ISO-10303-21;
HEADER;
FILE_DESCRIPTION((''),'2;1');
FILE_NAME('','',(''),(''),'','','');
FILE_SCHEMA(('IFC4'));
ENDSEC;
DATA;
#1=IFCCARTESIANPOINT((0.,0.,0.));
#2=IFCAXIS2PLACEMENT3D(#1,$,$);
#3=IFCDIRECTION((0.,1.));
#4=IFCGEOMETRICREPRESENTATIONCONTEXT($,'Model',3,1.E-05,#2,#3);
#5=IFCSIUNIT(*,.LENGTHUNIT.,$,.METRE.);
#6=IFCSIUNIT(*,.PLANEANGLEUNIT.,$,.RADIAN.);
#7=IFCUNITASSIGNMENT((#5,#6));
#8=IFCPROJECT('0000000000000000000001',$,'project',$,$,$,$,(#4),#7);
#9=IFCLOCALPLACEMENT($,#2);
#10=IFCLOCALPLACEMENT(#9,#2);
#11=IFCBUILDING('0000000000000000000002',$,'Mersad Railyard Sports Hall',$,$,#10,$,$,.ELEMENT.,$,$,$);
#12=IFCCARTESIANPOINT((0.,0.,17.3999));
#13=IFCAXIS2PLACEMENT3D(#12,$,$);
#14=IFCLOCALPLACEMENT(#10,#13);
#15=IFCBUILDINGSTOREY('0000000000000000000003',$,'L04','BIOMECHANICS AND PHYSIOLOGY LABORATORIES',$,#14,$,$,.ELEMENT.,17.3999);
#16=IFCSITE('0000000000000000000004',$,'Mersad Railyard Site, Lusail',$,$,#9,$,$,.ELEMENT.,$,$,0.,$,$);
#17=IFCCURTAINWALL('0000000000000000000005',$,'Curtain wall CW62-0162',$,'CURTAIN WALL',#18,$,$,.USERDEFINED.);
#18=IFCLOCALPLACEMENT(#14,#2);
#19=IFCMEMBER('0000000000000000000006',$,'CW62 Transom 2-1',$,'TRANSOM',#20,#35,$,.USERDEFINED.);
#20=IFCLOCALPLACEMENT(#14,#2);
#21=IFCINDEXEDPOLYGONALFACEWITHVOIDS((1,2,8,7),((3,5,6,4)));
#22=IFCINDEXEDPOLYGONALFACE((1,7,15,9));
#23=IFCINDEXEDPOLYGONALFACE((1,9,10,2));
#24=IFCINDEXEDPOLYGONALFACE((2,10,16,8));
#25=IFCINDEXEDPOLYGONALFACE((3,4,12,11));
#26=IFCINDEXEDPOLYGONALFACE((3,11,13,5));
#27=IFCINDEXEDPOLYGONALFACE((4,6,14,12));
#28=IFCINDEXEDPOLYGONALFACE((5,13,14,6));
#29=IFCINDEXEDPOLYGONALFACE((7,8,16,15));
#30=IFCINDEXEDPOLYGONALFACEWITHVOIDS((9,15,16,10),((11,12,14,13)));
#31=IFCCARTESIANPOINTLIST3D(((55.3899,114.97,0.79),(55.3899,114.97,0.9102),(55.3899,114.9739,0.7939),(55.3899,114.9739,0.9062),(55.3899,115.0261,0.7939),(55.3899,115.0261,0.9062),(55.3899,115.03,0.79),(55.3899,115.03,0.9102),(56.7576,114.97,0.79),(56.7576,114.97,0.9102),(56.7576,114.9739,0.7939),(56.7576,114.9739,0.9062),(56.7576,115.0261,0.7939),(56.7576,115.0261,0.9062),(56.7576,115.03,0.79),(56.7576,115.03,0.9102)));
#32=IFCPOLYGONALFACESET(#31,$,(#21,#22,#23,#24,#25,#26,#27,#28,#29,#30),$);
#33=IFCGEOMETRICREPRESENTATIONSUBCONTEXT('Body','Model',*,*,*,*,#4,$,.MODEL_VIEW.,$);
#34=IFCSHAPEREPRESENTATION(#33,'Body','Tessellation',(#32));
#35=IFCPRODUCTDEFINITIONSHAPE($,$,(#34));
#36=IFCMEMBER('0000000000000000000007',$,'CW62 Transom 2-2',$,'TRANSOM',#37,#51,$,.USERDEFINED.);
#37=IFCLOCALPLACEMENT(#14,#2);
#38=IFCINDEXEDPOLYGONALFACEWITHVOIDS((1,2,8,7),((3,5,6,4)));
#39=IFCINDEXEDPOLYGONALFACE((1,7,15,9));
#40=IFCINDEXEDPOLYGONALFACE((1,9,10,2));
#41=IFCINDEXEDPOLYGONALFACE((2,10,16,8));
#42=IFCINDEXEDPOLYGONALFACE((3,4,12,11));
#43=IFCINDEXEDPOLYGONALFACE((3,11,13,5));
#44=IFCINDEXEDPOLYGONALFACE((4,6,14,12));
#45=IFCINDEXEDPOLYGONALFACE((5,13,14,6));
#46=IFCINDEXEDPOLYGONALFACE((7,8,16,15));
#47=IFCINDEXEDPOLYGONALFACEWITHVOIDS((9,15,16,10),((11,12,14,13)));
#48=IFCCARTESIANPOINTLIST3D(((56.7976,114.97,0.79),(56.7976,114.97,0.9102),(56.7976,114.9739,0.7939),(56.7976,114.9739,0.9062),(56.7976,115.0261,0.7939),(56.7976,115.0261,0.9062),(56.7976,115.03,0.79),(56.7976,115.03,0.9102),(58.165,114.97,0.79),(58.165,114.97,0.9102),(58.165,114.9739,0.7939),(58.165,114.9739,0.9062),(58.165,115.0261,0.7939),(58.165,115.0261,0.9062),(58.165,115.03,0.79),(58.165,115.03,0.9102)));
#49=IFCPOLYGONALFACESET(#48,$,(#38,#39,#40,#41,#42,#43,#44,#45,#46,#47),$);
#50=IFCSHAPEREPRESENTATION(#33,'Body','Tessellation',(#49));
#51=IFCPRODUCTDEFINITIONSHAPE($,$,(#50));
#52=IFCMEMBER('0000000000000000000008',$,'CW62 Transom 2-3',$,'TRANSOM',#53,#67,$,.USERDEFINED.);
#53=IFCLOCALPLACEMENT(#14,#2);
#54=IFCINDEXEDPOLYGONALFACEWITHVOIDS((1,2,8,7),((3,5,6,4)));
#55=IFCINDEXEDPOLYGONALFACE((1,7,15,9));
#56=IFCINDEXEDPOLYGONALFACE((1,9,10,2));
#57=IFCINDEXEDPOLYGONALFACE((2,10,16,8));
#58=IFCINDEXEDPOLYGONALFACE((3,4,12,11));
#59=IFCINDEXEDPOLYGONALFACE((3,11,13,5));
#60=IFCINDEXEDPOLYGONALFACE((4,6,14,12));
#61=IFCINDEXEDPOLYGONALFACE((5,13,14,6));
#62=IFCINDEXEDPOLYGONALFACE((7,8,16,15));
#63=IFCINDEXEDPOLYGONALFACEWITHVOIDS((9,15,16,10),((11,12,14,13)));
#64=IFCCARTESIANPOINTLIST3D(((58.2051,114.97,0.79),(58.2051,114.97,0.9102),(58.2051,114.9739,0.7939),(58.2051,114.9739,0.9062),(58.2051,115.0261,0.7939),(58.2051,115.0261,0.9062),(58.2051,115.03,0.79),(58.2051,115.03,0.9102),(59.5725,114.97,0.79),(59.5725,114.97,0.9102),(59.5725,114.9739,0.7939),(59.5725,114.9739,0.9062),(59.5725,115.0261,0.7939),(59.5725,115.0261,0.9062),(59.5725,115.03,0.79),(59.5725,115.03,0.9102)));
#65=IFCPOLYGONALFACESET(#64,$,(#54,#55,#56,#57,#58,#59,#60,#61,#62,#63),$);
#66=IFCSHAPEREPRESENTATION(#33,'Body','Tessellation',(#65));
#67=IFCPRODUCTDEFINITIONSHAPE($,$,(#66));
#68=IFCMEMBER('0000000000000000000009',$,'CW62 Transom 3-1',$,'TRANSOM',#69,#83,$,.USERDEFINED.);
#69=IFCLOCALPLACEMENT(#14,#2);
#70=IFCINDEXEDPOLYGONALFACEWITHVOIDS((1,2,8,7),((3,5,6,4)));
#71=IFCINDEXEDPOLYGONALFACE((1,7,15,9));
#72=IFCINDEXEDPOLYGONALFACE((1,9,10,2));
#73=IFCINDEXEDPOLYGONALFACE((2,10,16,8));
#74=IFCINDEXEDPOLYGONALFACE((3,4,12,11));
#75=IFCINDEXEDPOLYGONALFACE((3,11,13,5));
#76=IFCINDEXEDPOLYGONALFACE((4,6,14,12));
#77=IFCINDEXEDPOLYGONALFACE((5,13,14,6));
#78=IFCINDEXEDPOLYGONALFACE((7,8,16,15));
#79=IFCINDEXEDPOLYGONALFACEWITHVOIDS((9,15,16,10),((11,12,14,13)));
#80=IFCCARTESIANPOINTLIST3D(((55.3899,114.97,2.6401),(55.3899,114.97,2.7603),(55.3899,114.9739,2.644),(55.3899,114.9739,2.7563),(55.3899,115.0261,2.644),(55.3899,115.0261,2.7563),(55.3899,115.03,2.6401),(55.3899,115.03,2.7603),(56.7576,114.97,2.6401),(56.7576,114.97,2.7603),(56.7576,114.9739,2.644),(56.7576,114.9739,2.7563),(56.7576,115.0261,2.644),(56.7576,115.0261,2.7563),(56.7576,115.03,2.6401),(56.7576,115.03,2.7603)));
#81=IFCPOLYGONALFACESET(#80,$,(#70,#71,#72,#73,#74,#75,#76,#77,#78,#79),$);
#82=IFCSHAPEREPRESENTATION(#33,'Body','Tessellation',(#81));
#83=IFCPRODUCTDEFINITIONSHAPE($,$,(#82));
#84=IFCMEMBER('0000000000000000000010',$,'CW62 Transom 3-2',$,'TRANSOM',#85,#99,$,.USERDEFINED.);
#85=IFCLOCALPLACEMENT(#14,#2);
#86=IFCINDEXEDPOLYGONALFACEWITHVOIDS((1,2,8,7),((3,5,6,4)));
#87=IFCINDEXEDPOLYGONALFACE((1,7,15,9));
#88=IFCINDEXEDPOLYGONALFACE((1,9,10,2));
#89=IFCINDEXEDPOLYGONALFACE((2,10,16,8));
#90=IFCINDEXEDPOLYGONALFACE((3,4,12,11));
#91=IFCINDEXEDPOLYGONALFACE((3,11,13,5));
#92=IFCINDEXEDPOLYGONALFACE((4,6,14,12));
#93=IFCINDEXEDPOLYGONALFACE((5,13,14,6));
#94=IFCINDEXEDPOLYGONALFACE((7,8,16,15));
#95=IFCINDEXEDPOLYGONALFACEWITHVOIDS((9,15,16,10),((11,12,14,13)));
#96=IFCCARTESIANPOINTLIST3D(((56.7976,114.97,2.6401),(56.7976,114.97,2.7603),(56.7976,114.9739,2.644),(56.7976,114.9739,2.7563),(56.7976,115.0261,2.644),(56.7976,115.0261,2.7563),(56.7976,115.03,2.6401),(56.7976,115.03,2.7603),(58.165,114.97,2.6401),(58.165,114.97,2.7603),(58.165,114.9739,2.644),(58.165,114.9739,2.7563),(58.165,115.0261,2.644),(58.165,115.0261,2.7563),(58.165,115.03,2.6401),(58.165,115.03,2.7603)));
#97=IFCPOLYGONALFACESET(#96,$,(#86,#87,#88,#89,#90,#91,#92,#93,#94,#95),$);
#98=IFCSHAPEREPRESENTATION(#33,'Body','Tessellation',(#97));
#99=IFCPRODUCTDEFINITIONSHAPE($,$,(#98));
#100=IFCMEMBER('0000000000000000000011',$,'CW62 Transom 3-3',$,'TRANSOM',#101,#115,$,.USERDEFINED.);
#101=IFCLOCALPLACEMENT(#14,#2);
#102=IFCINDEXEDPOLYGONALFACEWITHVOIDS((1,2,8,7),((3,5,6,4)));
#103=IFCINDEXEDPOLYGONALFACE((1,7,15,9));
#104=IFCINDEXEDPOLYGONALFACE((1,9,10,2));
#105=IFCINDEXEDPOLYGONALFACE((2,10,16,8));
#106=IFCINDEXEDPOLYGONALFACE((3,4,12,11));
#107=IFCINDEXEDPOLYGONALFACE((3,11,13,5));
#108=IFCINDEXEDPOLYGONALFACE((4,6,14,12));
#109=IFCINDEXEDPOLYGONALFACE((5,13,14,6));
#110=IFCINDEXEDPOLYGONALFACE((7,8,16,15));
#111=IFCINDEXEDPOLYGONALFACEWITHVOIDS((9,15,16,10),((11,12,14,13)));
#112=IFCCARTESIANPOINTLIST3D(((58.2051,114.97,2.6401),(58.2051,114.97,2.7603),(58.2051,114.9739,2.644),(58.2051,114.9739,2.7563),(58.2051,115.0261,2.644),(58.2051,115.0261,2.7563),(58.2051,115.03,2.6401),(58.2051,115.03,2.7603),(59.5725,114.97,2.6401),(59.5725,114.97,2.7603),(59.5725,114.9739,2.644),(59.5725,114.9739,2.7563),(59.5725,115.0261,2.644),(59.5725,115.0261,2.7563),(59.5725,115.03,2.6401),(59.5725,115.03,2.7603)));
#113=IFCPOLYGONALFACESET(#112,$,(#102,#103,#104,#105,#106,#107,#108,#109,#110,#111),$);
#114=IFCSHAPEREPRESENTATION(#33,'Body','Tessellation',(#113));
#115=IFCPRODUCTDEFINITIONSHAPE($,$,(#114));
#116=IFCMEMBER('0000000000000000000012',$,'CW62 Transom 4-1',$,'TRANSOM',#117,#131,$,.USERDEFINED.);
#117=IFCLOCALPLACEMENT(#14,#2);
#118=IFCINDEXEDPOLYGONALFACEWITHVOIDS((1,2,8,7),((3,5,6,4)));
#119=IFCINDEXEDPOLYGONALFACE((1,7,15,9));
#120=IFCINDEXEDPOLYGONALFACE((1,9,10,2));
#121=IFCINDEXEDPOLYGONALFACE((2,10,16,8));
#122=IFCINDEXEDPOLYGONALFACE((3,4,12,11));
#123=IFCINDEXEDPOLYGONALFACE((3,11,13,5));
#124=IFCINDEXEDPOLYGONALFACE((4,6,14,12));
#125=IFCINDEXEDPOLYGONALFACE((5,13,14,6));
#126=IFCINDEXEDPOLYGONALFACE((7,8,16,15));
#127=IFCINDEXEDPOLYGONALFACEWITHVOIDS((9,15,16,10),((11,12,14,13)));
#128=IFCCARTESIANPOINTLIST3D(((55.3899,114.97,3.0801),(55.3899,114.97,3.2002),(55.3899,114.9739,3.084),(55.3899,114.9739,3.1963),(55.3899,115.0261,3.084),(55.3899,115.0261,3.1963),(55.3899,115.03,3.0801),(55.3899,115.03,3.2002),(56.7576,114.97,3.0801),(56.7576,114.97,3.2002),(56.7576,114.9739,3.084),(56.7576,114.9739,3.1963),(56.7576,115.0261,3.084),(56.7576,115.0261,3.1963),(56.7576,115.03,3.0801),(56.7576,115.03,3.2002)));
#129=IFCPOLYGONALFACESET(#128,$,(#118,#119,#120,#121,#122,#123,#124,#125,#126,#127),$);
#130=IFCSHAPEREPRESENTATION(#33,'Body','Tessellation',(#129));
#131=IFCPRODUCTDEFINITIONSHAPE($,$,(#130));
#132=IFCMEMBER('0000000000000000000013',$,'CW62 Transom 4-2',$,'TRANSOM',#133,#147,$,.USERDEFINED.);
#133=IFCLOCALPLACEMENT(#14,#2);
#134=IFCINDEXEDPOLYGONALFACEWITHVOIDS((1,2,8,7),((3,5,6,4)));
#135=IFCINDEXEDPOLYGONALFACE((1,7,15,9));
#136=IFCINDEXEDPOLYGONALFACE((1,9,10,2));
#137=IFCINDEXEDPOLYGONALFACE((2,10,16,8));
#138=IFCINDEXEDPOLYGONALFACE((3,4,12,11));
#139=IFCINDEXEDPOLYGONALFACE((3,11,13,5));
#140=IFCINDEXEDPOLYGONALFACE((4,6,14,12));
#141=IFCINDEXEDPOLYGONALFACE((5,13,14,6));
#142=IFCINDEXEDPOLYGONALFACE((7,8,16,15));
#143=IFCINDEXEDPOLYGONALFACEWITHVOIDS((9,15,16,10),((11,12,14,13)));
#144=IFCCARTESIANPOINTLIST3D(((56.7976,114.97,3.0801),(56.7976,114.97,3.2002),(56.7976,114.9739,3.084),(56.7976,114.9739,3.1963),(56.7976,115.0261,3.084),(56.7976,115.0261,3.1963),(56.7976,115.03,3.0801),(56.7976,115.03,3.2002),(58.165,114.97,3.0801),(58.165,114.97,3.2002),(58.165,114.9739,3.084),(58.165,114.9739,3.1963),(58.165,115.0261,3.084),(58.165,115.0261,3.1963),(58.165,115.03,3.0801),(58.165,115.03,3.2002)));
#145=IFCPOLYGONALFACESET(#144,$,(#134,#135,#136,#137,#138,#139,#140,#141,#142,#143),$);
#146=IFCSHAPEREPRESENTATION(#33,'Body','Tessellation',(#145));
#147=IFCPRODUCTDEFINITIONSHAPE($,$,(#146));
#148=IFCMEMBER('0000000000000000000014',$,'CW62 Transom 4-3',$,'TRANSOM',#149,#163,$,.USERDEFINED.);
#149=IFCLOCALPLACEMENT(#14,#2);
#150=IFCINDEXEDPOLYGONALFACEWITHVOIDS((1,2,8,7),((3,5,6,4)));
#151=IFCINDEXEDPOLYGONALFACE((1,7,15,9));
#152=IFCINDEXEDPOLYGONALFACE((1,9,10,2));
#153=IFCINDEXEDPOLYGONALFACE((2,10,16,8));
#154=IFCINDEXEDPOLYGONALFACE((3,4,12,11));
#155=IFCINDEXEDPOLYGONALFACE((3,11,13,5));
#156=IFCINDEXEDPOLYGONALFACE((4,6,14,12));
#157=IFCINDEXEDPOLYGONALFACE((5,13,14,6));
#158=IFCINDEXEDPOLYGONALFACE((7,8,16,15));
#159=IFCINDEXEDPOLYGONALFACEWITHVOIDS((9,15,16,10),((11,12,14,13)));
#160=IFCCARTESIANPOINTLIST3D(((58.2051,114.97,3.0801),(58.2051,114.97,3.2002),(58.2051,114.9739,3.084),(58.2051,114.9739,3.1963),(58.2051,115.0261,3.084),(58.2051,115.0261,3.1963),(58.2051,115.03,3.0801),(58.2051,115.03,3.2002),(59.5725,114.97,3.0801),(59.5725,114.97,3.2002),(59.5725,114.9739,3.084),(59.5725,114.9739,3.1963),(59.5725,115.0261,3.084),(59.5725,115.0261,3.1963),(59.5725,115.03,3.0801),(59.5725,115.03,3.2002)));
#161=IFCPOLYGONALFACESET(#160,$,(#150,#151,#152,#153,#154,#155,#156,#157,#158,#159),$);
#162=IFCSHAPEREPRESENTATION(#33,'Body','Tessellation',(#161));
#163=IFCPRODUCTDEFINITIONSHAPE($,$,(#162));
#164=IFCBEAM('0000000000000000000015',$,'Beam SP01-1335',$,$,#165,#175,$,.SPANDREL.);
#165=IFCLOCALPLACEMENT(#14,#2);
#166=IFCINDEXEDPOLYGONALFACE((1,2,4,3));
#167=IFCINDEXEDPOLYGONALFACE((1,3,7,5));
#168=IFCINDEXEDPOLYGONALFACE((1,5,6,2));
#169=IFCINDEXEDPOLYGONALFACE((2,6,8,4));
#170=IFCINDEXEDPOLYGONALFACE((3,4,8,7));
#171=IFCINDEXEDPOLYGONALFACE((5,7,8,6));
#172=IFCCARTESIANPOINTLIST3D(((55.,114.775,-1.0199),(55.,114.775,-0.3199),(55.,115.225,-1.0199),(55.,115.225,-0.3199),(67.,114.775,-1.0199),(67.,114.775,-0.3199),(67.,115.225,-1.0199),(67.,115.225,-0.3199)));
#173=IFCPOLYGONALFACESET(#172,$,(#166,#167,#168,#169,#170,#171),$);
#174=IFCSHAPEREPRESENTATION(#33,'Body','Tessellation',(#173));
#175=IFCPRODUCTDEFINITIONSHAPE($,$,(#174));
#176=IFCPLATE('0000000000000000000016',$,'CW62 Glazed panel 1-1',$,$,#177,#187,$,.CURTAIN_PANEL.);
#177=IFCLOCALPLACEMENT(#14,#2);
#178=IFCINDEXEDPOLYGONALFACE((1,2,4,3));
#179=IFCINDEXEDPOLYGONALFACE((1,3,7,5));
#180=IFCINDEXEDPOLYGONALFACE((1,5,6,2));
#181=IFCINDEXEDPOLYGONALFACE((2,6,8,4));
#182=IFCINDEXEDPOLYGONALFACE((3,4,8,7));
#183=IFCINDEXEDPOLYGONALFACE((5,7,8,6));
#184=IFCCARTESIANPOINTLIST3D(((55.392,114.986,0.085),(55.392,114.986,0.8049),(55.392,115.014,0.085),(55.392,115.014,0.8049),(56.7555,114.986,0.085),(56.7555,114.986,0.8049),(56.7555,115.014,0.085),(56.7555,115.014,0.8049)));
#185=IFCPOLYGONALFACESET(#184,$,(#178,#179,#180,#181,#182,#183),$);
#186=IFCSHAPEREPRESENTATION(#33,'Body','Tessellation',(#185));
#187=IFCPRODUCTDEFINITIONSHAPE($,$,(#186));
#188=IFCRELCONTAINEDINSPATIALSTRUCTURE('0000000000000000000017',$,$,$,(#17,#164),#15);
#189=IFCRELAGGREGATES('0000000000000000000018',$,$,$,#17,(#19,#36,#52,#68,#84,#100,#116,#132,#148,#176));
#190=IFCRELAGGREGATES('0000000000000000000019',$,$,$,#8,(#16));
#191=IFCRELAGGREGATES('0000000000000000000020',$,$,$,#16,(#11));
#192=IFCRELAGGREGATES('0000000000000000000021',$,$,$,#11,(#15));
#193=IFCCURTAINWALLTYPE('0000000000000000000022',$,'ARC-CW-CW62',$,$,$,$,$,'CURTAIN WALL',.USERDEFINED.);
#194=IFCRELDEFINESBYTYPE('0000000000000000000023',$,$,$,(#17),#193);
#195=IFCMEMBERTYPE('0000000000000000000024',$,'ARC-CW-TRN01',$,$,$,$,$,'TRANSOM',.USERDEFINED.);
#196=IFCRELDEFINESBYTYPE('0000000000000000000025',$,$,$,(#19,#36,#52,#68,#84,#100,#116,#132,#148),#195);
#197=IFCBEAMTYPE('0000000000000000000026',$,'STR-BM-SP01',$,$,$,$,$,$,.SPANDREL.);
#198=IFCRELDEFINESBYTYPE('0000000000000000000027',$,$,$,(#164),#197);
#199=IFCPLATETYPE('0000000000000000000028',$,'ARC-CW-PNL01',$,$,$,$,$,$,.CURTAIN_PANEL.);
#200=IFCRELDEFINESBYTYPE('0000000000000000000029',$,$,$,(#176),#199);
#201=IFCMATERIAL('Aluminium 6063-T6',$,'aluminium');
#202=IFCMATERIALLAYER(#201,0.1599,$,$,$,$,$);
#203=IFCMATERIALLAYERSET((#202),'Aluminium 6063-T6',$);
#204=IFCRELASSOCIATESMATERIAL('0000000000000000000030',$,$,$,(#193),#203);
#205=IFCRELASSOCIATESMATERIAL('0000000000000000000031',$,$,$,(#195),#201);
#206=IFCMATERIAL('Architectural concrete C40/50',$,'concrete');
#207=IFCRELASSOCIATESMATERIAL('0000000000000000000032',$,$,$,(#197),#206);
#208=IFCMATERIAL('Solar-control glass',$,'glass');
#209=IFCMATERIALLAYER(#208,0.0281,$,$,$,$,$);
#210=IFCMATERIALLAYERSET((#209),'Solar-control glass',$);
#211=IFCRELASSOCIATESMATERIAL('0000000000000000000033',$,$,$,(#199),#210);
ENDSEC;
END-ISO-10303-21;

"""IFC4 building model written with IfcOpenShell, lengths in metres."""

from ifc_helpers import new_model, si_unit, direction, frame, origin, origin_2d, place, context, subcontext, project, spatial, rectangle, hollow_rectangle, extrude, material, layer, layer_set, material_profile, profile_set, type_object, element, aggregate, save


model = new_model("IFC4")

# Units and contexts
model_context = context("Model", 3, precision=1e-05, world=origin(), true_north=direction((0.0, 1.0)))
body_context = subcontext(model_context, "Body", "Model", "MODEL_VIEW")
ifc_project = project(units=[si_unit("LENGTHUNIT", "METRE"), si_unit("PLANEANGLEUNIT", "RADIAN")], contexts=[model_context])

# Site, building, storey
site_placement = place(None, origin())
site = spatial("IfcSite", under=ifc_project, at=site_placement, Name="Mersad Railyard Site, Lusail", CompositionType="ELEMENT", RefElevation=0.0)
building_placement = place(site_placement, origin())
building = spatial("IfcBuilding", under=site, at=building_placement, Name="Mersad Railyard Sports Hall", CompositionType="ELEMENT")
storey_placement = place(building_placement, frame((0.0, 0.0, 17.3999)))
storey = spatial("IfcBuildingStorey", under=building, at=storey_placement, Name="L04", Description="BIOMECHANICS AND PHYSIOLOGY LABORATORIES", CompositionType="ELEMENT", Elevation=17.3999)

# Shared definitions
ifc_material_1 = material(Name="Architectural concrete C40/50", Category="concrete")

# Curtain wall, members
ifc_material_2 = material(Name="Aluminium 6063-T6", Category="aluminium")
ifc_layer_1 = layer(ifc_material_2, 0.1599)
ifc_layer_set_1 = layer_set([ifc_layer_1], Name="Aluminium 6063-T6")
curtain_wall_type = type_object("IfcCurtainWallType", Name="ARC-CW-CW62", ElementType="CURTAIN WALL", PredefinedType="USERDEFINED", material=ifc_layer_set_1)
curtain_wall_placement = place(storey_placement, origin())
curtain_wall = element("IfcCurtainWall", 1, at=curtain_wall_placement, inside=storey, type_object=curtain_wall_type, Name="Curtain wall CW62-0162", ObjectType="CURTAIN WALL", PredefinedType="USERDEFINED")
ifc_material_profile_1 = material_profile(ifc_material_2, hollow_rectangle(XDim=0.0601, YDim=0.1201, WallThickness=0.0039, at=origin_2d()), Name="AL TRANSOM 60x120x4")
ifc_profile_set_1 = profile_set([ifc_material_profile_1], Name="Aluminium 6063-T6")
member_type_1 = type_object("IfcMemberType", Name="ARC-CW-TRN01", ElementType="TRANSOM", PredefinedType="USERDEFINED", material=ifc_profile_set_1)
member_1_placement = place(storey_placement, frame((55.3899, 115.0, 0.8501), z_axis=(1.0, 0.0, 0.0), x_axis=(0.0, 1.0, 0.0)))
member_1 = element("IfcMember", 2, at=member_1_placement, type_object=member_type_1, Name="CW62 Transom 2-1", ObjectType="TRANSOM", PredefinedType="USERDEFINED", context=body_context, shape_type="SweptSolid", body=[
    extrude(hollow_rectangle(XDim=0.0601, YDim=0.1201, WallThickness=0.0039, at=origin_2d()), origin(), (0.0, 0.0, 1.0), 1.3677),
])
member_2_placement = place(storey_placement, frame((56.7976, 115.0, 0.8501), z_axis=(1.0, 0.0, 0.0), x_axis=(0.0, 1.0, 0.0)))
member_2 = element("IfcMember", 3, at=member_2_placement, type_object=member_type_1, Name="CW62 Transom 2-2", ObjectType="TRANSOM", PredefinedType="USERDEFINED", context=body_context, shape_type="SweptSolid", body=[
    extrude(hollow_rectangle(XDim=0.0601, YDim=0.1201, WallThickness=0.0039, at=origin_2d()), origin(), (0.0, 0.0, 1.0), 1.3674),
])
member_3_placement = place(storey_placement, frame((58.2051, 115.0, 0.8501), z_axis=(1.0, 0.0, 0.0), x_axis=(0.0, 1.0, 0.0)))
member_3 = element("IfcMember", 4, at=member_3_placement, type_object=member_type_1, Name="CW62 Transom 2-3", ObjectType="TRANSOM", PredefinedType="USERDEFINED", context=body_context, shape_type="SweptSolid", body=[
    extrude(hollow_rectangle(XDim=0.0601, YDim=0.1201, WallThickness=0.0039, at=origin_2d()), origin(), (0.0, 0.0, 1.0), 1.3674),
])
member_4_placement = place(storey_placement, frame((55.3899, 115.0, 2.7002), z_axis=(1.0, 0.0, 0.0), x_axis=(0.0, 1.0, 0.0)))
member_4 = element("IfcMember", 5, at=member_4_placement, type_object=member_type_1, Name="CW62 Transom 3-1", ObjectType="TRANSOM", PredefinedType="USERDEFINED", context=body_context, shape_type="SweptSolid", body=[
    extrude(hollow_rectangle(XDim=0.0601, YDim=0.1201, WallThickness=0.0039, at=origin_2d()), origin(), (0.0, 0.0, 1.0), 1.3677),
])
member_5_placement = place(storey_placement, frame((56.7976, 115.0, 2.7002), z_axis=(1.0, 0.0, 0.0), x_axis=(0.0, 1.0, 0.0)))
member_5 = element("IfcMember", 6, at=member_5_placement, type_object=member_type_1, Name="CW62 Transom 3-2", ObjectType="TRANSOM", PredefinedType="USERDEFINED", context=body_context, shape_type="SweptSolid", body=[
    extrude(hollow_rectangle(XDim=0.0601, YDim=0.1201, WallThickness=0.0039, at=origin_2d()), origin(), (0.0, 0.0, 1.0), 1.3674),
])
member_6_placement = place(storey_placement, frame((58.2051, 115.0, 2.7002), z_axis=(1.0, 0.0, 0.0), x_axis=(0.0, 1.0, 0.0)))
member_6 = element("IfcMember", 7, at=member_6_placement, type_object=member_type_1, Name="CW62 Transom 3-3", ObjectType="TRANSOM", PredefinedType="USERDEFINED", context=body_context, shape_type="SweptSolid", body=[
    extrude(hollow_rectangle(XDim=0.0601, YDim=0.1201, WallThickness=0.0039, at=origin_2d()), origin(), (0.0, 0.0, 1.0), 1.3674),
])
member_7_placement = place(storey_placement, frame((55.3899, 115.0, 3.1401), z_axis=(1.0, 0.0, 0.0), x_axis=(0.0, 1.0, 0.0)))
member_7 = element("IfcMember", 8, at=member_7_placement, type_object=member_type_1, Name="CW62 Transom 4-1", ObjectType="TRANSOM", PredefinedType="USERDEFINED", context=body_context, shape_type="SweptSolid", body=[
    extrude(hollow_rectangle(XDim=0.0601, YDim=0.1201, WallThickness=0.0039, at=origin_2d()), origin(), (0.0, 0.0, 1.0), 1.3677),
])
member_8_placement = place(storey_placement, frame((56.7976, 115.0, 3.1401), z_axis=(1.0, 0.0, 0.0), x_axis=(0.0, 1.0, 0.0)))
member_8 = element("IfcMember", 9, at=member_8_placement, type_object=member_type_1, Name="CW62 Transom 4-2", ObjectType="TRANSOM", PredefinedType="USERDEFINED", context=body_context, shape_type="SweptSolid", body=[
    extrude(hollow_rectangle(XDim=0.0601, YDim=0.1201, WallThickness=0.0039, at=origin_2d()), origin(), (0.0, 0.0, 1.0), 1.3674),
])
member_9_placement = place(storey_placement, frame((58.2051, 115.0, 3.1401), z_axis=(1.0, 0.0, 0.0), x_axis=(0.0, 1.0, 0.0)))
member_9 = element("IfcMember", 10, at=member_9_placement, type_object=member_type_1, Name="CW62 Transom 4-3", ObjectType="TRANSOM", PredefinedType="USERDEFINED", context=body_context, shape_type="SweptSolid", body=[
    extrude(hollow_rectangle(XDim=0.0601, YDim=0.1201, WallThickness=0.0039, at=origin_2d()), origin(), (0.0, 0.0, 1.0), 1.3674),
])

# Beam
ifc_material_profile_2 = material_profile(ifc_material_1, rectangle(XDim=0.45, YDim=0.7, at=origin_2d()), Name="RC 450x700")
ifc_profile_set_2 = profile_set([ifc_material_profile_2], Name="Architectural concrete C40/50")
beam_type = type_object("IfcBeamType", Name="STR-BM-SP01", PredefinedType="SPANDREL", material=ifc_profile_set_2)
beam_placement = place(storey_placement, frame((55.0, 115.0, -0.6699), z_axis=(1.0, 0.0, 0.0), x_axis=(0.0, 1.0, 0.0)))
element("IfcBeam", 11, at=beam_placement, inside=storey, type_object=beam_type, Name="Beam SP01-1335", PredefinedType="SPANDREL", context=body_context, shape_type="SweptSolid", body=[
    extrude(rectangle(XDim=0.45, YDim=0.7, at=origin_2d()), origin(), (0.0, 0.0, 1.0), 12.0),
])

# Plate
ifc_material_3 = material(Name="Solar-control glass", Category="glass")
ifc_layer_2 = layer(ifc_material_3, 0.0281)
ifc_layer_set_2 = layer_set([ifc_layer_2], Name="Solar-control glass")
plate_type = type_object("IfcPlateType", Name="ARC-CW-PNL01", PredefinedType="CURTAIN_PANEL", material=ifc_layer_set_2)
plate_1_placement = place(storey_placement, frame((56.0737, 115.0, 0.085), z_axis=(0.0, 0.0, 1.0), x_axis=(1.0, 0.0, 0.0)))
plate_1 = element("IfcPlate", 12, at=plate_1_placement, type_object=plate_type, Name="CW62 Glazed panel 1-1", PredefinedType="CURTAIN_PANEL", context=body_context, shape_type="SweptSolid", body=[
    extrude(rectangle(XDim=1.3635, YDim=0.0281, at=origin_2d()), origin(), (0.0, 0.0, 1.0), 0.72),
])
aggregate(curtain_wall, [member_1, member_2, member_3, member_4, member_5, member_6, member_7, member_8, member_9, plate_1])

save(model, "model.ifc")
